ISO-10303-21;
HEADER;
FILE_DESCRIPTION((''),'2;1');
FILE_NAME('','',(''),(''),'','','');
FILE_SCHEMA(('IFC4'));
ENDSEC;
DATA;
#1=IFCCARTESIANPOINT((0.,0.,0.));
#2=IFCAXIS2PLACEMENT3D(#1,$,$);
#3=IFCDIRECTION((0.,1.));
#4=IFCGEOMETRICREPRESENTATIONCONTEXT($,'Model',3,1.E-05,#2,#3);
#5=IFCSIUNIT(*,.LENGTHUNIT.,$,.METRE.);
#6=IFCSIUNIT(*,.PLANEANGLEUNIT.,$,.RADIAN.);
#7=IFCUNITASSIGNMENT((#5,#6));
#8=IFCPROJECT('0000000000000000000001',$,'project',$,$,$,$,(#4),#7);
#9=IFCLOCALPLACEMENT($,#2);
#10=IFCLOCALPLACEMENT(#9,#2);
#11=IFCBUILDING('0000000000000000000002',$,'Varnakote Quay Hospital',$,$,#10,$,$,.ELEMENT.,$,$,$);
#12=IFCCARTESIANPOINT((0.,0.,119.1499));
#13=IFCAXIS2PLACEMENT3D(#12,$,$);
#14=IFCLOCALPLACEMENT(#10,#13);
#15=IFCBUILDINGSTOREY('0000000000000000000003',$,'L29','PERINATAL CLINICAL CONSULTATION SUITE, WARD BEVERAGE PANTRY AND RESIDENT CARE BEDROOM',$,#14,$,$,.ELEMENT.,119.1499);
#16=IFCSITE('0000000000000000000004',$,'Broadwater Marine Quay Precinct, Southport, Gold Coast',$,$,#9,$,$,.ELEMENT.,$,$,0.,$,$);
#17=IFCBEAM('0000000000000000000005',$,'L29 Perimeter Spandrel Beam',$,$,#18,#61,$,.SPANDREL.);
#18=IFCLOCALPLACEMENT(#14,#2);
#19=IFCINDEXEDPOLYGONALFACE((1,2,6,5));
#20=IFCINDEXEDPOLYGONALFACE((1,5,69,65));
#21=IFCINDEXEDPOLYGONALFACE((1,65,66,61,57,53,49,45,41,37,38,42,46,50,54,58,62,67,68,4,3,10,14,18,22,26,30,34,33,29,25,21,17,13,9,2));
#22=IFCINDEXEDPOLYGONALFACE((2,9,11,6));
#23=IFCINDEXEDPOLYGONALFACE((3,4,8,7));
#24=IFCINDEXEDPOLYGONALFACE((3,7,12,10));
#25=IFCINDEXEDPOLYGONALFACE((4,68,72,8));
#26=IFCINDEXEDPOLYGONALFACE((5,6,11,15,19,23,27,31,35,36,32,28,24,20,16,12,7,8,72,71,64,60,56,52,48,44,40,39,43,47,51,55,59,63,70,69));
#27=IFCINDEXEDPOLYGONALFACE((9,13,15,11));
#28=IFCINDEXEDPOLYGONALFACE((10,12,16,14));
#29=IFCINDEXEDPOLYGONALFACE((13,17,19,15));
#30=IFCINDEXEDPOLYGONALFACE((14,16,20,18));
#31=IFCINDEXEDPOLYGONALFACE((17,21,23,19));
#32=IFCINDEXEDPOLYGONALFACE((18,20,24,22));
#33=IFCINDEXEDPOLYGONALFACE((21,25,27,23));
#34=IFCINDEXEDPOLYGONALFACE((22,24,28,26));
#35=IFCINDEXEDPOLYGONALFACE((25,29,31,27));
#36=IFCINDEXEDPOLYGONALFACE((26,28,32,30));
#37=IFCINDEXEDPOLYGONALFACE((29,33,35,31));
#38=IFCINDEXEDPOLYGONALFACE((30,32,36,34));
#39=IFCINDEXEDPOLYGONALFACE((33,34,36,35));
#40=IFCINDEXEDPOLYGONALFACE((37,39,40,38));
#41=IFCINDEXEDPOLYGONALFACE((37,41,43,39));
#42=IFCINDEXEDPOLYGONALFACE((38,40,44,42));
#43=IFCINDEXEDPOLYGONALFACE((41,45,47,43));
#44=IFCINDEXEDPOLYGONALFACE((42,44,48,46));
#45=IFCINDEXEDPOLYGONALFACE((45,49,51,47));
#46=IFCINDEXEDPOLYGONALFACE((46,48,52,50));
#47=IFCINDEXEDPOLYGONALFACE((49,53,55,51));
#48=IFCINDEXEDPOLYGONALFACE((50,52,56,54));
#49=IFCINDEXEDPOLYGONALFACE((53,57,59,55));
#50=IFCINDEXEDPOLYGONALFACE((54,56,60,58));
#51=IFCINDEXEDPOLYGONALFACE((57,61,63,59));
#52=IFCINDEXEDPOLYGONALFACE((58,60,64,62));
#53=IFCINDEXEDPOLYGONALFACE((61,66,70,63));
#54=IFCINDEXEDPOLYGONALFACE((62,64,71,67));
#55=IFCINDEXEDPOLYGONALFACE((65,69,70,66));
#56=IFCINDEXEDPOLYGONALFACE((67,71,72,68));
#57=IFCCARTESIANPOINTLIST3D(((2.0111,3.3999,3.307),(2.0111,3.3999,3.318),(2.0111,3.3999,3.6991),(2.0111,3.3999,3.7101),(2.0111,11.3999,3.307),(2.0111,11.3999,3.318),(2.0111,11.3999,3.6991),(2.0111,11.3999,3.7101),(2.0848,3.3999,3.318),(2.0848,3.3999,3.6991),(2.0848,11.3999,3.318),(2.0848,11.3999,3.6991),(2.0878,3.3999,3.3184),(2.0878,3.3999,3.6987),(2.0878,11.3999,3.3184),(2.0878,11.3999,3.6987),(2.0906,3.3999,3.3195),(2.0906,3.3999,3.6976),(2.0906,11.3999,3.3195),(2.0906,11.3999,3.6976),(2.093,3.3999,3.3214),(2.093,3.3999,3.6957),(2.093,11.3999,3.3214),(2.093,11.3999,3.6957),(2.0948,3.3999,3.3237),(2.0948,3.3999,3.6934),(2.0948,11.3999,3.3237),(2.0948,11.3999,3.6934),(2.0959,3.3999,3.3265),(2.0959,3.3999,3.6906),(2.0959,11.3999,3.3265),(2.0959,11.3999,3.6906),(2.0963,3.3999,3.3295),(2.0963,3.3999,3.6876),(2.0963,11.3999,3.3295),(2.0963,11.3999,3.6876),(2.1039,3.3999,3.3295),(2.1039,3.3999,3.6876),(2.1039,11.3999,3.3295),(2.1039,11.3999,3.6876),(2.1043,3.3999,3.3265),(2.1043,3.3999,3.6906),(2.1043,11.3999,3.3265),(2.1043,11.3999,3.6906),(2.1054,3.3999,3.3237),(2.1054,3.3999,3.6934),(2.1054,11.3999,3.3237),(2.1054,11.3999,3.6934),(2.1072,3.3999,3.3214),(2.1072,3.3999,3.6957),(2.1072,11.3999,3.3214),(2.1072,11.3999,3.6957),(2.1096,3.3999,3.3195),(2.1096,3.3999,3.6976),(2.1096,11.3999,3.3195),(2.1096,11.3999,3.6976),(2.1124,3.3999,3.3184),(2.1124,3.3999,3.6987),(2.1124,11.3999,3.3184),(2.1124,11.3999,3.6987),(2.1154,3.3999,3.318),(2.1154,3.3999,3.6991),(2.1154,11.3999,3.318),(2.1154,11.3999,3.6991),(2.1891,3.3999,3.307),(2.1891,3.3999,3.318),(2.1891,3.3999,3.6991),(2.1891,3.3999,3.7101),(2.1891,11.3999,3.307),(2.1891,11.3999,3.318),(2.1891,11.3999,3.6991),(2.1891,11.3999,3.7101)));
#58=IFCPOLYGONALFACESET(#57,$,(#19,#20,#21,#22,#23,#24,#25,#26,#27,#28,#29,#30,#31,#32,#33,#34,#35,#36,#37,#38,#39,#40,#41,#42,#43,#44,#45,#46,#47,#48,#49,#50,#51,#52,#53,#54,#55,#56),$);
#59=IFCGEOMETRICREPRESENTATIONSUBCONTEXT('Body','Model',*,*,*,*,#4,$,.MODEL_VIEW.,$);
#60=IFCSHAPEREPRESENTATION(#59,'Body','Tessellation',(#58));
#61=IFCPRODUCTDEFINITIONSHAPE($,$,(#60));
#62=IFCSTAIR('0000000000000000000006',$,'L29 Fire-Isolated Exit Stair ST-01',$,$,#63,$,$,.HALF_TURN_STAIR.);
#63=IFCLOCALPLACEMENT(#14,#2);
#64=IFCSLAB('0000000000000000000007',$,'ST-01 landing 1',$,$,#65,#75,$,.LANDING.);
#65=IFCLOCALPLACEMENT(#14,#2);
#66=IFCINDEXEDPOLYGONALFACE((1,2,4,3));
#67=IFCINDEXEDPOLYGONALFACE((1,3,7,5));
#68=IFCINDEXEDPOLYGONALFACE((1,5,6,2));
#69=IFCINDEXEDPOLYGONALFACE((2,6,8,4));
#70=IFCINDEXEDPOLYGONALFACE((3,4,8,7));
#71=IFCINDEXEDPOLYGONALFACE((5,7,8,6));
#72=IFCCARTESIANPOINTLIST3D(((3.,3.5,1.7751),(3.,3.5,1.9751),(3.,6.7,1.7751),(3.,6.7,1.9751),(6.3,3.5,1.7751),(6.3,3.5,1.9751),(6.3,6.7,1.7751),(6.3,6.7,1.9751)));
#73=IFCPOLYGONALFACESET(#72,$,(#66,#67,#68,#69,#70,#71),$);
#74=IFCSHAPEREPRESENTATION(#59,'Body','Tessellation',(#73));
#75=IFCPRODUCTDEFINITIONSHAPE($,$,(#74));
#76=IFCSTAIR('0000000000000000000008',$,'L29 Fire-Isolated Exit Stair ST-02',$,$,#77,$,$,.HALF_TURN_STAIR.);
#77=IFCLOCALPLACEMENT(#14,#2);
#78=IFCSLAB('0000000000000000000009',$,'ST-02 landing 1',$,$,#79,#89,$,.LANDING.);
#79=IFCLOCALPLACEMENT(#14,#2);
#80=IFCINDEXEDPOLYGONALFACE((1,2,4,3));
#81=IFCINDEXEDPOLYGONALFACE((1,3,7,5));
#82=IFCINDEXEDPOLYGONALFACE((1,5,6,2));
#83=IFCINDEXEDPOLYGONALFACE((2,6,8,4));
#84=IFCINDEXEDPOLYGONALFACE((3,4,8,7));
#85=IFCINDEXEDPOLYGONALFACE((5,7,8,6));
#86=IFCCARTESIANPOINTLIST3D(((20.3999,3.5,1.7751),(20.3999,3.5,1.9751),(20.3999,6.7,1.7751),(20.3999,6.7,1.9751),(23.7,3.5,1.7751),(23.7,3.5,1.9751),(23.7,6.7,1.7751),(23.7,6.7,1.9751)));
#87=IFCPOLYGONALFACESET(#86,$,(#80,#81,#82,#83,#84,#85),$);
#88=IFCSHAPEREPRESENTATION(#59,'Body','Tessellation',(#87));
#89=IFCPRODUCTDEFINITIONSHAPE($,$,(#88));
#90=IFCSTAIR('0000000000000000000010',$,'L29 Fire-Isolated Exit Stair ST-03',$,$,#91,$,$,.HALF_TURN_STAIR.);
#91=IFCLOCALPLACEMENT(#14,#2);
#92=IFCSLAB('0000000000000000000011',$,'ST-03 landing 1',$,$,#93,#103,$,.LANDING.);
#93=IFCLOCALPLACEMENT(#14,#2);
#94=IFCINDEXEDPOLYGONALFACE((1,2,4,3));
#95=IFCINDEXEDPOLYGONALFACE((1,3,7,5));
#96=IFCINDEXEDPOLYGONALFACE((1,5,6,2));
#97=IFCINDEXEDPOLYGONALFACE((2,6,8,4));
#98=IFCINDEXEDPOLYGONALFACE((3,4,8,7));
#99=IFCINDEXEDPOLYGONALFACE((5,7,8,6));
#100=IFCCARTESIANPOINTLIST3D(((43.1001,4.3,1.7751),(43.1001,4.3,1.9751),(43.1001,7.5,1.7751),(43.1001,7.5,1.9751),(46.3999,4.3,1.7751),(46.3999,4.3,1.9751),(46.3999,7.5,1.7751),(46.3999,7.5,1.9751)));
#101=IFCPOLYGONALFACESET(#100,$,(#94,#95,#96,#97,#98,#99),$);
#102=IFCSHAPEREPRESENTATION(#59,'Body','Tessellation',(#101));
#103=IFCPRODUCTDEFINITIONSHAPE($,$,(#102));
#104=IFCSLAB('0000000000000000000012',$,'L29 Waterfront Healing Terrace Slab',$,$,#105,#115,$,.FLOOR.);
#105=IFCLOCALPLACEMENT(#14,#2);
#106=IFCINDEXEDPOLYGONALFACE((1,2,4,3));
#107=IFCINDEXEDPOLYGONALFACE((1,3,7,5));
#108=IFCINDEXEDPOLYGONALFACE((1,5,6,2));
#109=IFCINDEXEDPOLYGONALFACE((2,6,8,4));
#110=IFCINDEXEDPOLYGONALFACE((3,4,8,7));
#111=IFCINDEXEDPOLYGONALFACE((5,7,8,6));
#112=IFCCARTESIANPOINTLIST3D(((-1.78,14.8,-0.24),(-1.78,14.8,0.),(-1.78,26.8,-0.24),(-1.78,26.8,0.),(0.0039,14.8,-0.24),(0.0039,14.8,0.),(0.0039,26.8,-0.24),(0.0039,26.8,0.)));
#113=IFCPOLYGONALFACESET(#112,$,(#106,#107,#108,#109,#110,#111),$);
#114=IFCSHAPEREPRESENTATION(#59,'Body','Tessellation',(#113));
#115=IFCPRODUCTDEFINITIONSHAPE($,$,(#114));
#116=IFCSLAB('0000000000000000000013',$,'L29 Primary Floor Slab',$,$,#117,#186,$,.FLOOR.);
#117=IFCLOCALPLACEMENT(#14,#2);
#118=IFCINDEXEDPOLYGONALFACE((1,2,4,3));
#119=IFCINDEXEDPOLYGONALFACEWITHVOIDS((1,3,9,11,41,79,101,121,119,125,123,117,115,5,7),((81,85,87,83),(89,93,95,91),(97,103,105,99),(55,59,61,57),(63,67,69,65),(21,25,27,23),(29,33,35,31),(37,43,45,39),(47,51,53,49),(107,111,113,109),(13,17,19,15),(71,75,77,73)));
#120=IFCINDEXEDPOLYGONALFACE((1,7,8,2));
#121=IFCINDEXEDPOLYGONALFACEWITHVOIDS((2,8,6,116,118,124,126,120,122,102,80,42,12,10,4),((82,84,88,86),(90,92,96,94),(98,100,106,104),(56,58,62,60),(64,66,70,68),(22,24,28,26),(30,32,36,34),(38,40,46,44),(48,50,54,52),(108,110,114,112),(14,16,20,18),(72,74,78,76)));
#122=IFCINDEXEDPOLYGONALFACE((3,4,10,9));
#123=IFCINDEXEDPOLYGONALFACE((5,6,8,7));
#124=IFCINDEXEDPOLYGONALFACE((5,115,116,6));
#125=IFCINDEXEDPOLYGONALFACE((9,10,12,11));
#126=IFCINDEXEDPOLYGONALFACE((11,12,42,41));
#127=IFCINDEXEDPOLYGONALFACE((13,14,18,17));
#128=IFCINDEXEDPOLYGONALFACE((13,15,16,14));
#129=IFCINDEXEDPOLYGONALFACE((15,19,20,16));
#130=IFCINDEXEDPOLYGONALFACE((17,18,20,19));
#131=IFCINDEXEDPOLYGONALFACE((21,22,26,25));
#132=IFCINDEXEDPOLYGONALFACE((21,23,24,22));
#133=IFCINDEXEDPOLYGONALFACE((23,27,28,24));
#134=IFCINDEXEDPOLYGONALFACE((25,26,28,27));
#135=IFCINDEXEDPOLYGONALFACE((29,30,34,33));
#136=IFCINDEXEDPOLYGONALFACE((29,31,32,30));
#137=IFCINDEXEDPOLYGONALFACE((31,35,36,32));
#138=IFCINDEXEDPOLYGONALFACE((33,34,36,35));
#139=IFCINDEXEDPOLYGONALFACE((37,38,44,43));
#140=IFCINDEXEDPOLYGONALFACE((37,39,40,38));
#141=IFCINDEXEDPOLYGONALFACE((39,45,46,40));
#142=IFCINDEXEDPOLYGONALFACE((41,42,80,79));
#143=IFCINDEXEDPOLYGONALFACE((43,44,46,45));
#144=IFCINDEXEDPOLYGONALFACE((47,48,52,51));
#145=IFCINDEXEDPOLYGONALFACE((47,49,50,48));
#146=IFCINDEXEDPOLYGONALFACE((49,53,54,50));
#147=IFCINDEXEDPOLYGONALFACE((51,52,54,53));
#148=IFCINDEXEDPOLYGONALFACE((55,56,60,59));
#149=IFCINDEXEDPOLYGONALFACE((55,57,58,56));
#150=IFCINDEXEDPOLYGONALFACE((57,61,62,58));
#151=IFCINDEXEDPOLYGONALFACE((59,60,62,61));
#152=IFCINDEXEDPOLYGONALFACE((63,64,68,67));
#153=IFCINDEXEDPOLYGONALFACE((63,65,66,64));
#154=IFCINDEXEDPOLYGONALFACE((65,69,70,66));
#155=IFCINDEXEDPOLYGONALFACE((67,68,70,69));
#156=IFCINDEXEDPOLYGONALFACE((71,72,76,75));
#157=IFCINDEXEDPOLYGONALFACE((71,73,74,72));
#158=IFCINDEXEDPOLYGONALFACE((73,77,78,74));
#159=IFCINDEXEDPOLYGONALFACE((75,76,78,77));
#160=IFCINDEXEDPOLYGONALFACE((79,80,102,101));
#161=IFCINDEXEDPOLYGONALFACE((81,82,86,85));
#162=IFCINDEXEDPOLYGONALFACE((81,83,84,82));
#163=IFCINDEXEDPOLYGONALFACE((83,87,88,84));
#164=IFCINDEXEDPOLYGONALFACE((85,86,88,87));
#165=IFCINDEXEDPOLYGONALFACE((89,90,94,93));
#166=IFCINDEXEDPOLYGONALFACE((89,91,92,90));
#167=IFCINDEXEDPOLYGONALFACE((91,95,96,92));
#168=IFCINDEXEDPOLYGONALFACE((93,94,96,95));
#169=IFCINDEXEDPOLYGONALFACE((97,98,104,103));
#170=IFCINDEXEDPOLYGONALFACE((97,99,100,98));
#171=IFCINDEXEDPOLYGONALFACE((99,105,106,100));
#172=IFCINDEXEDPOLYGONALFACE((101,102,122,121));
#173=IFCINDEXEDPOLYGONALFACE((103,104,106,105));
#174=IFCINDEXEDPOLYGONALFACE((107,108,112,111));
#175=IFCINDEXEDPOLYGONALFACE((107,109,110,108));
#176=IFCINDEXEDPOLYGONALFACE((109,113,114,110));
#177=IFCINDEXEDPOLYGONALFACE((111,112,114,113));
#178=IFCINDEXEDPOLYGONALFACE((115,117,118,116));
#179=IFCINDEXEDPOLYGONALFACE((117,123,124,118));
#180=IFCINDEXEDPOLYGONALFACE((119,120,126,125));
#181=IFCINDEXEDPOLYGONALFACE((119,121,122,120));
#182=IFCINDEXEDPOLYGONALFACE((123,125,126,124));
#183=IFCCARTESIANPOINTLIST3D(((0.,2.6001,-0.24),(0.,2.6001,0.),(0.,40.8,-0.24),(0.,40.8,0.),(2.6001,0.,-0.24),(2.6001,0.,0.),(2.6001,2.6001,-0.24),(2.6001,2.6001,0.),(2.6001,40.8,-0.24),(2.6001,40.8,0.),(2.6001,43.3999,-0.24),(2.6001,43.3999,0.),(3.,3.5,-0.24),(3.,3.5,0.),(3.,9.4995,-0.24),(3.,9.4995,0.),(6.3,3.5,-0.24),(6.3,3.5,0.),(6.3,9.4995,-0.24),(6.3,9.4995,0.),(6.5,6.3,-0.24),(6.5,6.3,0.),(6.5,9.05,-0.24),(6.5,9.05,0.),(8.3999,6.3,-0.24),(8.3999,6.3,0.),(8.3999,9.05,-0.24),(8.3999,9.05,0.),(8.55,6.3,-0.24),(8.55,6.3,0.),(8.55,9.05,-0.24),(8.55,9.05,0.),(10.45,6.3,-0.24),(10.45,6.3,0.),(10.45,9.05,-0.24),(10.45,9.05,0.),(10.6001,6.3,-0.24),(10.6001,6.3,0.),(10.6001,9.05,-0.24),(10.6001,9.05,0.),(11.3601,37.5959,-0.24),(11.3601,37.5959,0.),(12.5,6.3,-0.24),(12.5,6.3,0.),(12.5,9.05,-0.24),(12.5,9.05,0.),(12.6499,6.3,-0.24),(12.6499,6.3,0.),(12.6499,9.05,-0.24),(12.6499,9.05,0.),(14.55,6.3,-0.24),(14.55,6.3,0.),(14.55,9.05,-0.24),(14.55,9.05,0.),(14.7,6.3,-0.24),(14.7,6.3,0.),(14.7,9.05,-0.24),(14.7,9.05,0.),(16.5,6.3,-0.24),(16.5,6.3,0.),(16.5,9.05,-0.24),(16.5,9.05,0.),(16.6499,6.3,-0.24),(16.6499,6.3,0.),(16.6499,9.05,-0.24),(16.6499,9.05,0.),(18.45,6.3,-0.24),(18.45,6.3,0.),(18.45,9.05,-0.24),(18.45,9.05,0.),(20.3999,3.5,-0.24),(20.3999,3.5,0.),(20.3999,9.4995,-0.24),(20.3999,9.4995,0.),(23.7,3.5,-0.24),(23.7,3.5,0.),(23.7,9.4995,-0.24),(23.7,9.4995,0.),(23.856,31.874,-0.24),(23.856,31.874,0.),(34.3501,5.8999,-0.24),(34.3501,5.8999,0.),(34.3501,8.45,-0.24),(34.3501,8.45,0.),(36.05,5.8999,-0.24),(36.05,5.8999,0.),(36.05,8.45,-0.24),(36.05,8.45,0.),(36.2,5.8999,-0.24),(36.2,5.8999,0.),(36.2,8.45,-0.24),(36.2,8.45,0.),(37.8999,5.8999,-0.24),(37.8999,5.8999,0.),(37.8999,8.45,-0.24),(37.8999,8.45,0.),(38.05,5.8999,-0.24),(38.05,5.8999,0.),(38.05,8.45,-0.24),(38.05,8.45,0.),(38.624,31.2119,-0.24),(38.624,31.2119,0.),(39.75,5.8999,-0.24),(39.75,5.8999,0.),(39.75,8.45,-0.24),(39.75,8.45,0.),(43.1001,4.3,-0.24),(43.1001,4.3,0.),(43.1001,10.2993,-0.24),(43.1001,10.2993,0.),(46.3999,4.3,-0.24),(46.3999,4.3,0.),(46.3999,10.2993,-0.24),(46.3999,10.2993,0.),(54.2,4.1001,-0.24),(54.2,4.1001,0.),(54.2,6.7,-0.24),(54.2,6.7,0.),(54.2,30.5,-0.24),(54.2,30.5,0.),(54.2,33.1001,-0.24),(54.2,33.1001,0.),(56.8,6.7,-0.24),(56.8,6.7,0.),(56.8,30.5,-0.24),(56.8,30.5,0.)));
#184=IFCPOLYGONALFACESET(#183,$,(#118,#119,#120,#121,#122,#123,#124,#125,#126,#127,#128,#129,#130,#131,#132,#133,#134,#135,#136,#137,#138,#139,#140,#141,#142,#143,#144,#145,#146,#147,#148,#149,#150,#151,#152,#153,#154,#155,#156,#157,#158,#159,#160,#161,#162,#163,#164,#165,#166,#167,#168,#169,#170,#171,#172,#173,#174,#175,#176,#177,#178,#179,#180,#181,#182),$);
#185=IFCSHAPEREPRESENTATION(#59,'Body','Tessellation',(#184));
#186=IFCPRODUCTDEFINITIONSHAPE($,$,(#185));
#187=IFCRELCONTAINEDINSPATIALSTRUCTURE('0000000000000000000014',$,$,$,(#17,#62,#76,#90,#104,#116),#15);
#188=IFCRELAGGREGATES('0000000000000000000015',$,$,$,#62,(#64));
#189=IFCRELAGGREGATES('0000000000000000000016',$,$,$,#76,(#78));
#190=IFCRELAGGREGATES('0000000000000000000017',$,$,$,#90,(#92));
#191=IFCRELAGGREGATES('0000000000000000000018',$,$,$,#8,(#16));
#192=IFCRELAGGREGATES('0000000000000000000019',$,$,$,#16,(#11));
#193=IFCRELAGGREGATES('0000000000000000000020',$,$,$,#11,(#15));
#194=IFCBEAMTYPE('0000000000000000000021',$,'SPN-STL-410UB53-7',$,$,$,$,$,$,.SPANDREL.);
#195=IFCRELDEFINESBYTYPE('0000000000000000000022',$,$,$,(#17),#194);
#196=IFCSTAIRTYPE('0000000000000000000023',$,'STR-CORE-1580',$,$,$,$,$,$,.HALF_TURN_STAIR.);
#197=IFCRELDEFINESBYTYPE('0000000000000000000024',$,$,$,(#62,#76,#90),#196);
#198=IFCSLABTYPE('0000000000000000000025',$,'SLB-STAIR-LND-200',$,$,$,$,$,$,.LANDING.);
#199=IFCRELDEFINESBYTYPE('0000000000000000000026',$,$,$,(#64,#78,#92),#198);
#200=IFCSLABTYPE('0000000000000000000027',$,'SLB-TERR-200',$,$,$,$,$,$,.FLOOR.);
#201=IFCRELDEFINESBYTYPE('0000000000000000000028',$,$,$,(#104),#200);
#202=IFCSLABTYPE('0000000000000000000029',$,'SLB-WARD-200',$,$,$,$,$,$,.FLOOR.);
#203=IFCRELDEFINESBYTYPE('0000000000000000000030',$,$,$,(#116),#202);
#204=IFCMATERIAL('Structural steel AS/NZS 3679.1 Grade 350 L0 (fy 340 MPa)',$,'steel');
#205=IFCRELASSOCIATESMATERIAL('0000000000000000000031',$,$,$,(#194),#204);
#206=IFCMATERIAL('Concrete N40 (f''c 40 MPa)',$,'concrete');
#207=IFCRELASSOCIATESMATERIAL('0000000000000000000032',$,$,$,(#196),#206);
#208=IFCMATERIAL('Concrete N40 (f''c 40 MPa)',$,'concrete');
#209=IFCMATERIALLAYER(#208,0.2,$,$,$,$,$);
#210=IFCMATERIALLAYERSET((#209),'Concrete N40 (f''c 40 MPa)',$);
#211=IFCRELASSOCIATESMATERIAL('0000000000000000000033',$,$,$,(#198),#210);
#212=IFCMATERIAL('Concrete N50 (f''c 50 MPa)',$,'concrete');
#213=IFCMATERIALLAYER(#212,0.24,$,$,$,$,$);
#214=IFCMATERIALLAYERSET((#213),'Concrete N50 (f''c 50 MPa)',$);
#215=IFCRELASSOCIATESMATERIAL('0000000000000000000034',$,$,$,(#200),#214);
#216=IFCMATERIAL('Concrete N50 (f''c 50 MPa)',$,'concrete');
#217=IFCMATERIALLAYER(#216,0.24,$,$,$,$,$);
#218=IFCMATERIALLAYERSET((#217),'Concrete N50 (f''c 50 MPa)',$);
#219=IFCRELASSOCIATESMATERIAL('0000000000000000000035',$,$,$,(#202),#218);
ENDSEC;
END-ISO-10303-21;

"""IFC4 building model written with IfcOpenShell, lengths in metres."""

from ifc_helpers import new_model, si_unit, direction, frame, origin, origin_2d, place, context, subcontext, project, spatial, polyline, i_section, outline, extrude, material, layer, layer_set, material_profile, profile_set, type_object, element, aggregate, save


model = new_model("IFC4")

# Units and contexts
model_context = context("Model", 3, precision=1e-05, world=origin(), true_north=direction((0.0, 1.0)))
body_context = subcontext(model_context, "Body", "Model", "MODEL_VIEW")
ifc_project = project(units=[si_unit("LENGTHUNIT", "METRE"), si_unit("PLANEANGLEUNIT", "RADIAN")], contexts=[model_context])

# Site, building, storey
site_placement = place(None, origin())
site = spatial("IfcSite", under=ifc_project, at=site_placement, Name="Broadwater Marine Quay Precinct, Southport, Gold Coast", CompositionType="ELEMENT", RefElevation=0.0)
building_placement = place(site_placement, origin())
building = spatial("IfcBuilding", under=site, at=building_placement, Name="Varnakote Quay Hospital", CompositionType="ELEMENT")
storey_placement = place(building_placement, frame((0.0, 0.0, 119.1499)))
storey = spatial("IfcBuildingStorey", under=building, at=storey_placement, Name="L29", Description="PERINATAL CLINICAL CONSULTATION SUITE, WARD BEVERAGE PANTRY AND RESIDENT CARE BEDROOM", CompositionType="ELEMENT", Elevation=119.1499)

# Beam
ifc_material_1 = material(Name="Structural steel AS/NZS 3679.1 Grade 350 L0 (fy 340 MPa)", Category="steel")
ifc_material_profile_1 = material_profile(ifc_material_1, i_section(OverallWidth=0.178, OverallDepth=0.4031, WebThickness=0.0076, FlangeThickness=0.011, FilletRadius=0.0115, at=origin_2d()), Name="410UB53.7")
ifc_profile_set_1 = profile_set([ifc_material_profile_1], Name="Structural steel AS/NZS 3679.1 Grade 350 L0 (fy 340 MPa)")
beam_type_1 = type_object("IfcBeamType", Name="SPN-STL-410UB53-7", PredefinedType="SPANDREL", material=ifc_profile_set_1)
beam_1_placement = place(storey_placement, frame((2.1001, 3.3999, 3.5085), z_axis=(0.0, 1.0, 0.0), x_axis=(-1.0, 0.0, 0.0)))
element("IfcBeam", 1, at=beam_1_placement, inside=storey, type_object=beam_type_1, Name="L29 Perimeter Spandrel Beam", PredefinedType="SPANDREL", context=body_context, shape_type="SweptSolid", body=[
    extrude(i_section(OverallWidth=0.178, OverallDepth=0.4031, WebThickness=0.0076, FlangeThickness=0.011, FilletRadius=0.0115, at=origin_2d()), origin(), (0.0, 0.0, 1.0), 8.0),
])

# Stairs, slabs
ifc_material_2 = material(Name="Concrete N40 (f'c 40 MPa)", Category="concrete")
stair_type = type_object("IfcStairType", Name="STR-CORE-1580", PredefinedType="HALF_TURN_STAIR", material=ifc_material_2)
stair_1_placement = place(storey_placement, origin())
stair_1 = element("IfcStair", 2, at=stair_1_placement, inside=storey, type_object=stair_type, Name="L29 Fire-Isolated Exit Stair ST-01", PredefinedType="HALF_TURN_STAIR")
ifc_material_3 = material(Name="Concrete N40 (f'c 40 MPa)", Category="concrete")
ifc_layer_1 = layer(ifc_material_3, 0.2)
ifc_layer_set_1 = layer_set([ifc_layer_1], Name="Concrete N40 (f'c 40 MPa)")
slab_type_1 = type_object("IfcSlabType", Name="SLB-STAIR-LND-200", PredefinedType="LANDING", material=ifc_layer_set_1)
slab_1_placement = place(storey_placement, frame((0.0, 0.0, 1.7751)))
slab_1 = element("IfcSlab", 3, at=slab_1_placement, type_object=slab_type_1, Name="ST-01 landing 1", PredefinedType="LANDING", context=body_context, shape_type="SweptSolid", body=[
    extrude(outline(polyline([(3.0, 6.7), (3.0, 3.5), (6.3, 3.5), (6.3, 6.7), (3.0, 6.7)])), origin(), (0.0, 0.0, 1.0), 0.2),
])
aggregate(stair_1, [slab_1])
stair_2_placement = place(storey_placement, origin())
stair_2 = element("IfcStair", 4, at=stair_2_placement, inside=storey, type_object=stair_type, Name="L29 Fire-Isolated Exit Stair ST-02", PredefinedType="HALF_TURN_STAIR")
slab_2_placement = place(storey_placement, frame((0.0, 0.0, 1.7751)))
slab_2 = element("IfcSlab", 5, at=slab_2_placement, type_object=slab_type_1, Name="ST-02 landing 1", PredefinedType="LANDING", context=body_context, shape_type="SweptSolid", body=[
    extrude(outline(polyline([(20.3999, 6.7), (20.3999, 3.5), (23.7, 3.5), (23.7, 6.7), (20.3999, 6.7)])), origin(), (0.0, 0.0, 1.0), 0.2),
])
aggregate(stair_2, [slab_2])
stair_3_placement = place(storey_placement, origin())
stair_3 = element("IfcStair", 6, at=stair_3_placement, inside=storey, type_object=stair_type, Name="L29 Fire-Isolated Exit Stair ST-03", PredefinedType="HALF_TURN_STAIR")
slab_3_placement = place(storey_placement, frame((0.0, 0.0, 1.7751)))
slab_3 = element("IfcSlab", 7, at=slab_3_placement, type_object=slab_type_1, Name="ST-03 landing 1", PredefinedType="LANDING", context=body_context, shape_type="SweptSolid", body=[
    extrude(outline(polyline([(43.1001, 7.5), (43.1001, 4.3), (46.3999, 4.3), (46.3999, 7.5), (43.1001, 7.5)])), origin(), (0.0, 0.0, 1.0), 0.2),
])
aggregate(stair_3, [slab_3])

# Slabs
ifc_material_4 = material(Name="Concrete N50 (f'c 50 MPa)", Category="concrete")
ifc_layer_2 = layer(ifc_material_4, 0.24)
ifc_layer_set_2 = layer_set([ifc_layer_2], Name="Concrete N50 (f'c 50 MPa)")
slab_type_2 = type_object("IfcSlabType", Name="SLB-TERR-200", PredefinedType="FLOOR", material=ifc_layer_set_2)
slab_4_placement = place(storey_placement, frame((0.0, 0.0, -0.24)))
element("IfcSlab", 8, at=slab_4_placement, inside=storey, type_object=slab_type_2, Name="L29 Waterfront Healing Terrace Slab", PredefinedType="FLOOR", context=body_context, shape_type="SweptSolid", body=[
    extrude(outline(polyline([(0.0039, 14.8), (0.0039, 26.8), (-1.78, 26.8), (-1.78, 14.8), (0.0039, 14.8)])), origin(), (0.0, 0.0, 1.0), 0.24),
])
ifc_material_5 = material(Name="Concrete N50 (f'c 50 MPa)", Category="concrete")
ifc_layer_3 = layer(ifc_material_5, 0.24)
ifc_layer_set_3 = layer_set([ifc_layer_3], Name="Concrete N50 (f'c 50 MPa)")
slab_type_3 = type_object("IfcSlabType", Name="SLB-WARD-200", PredefinedType="FLOOR", material=ifc_layer_set_3)
slab_5_placement = place(storey_placement, frame((0.0, 0.0, -0.24)))
element("IfcSlab", 9, at=slab_5_placement, inside=storey, type_object=slab_type_3, Name="L29 Primary Floor Slab", PredefinedType="FLOOR", context=body_context, shape_type="SweptSolid", body=[
    extrude(outline(polyline([(0.0, 2.6001), (2.6001, 2.6001), (2.6001, 0.0), (54.2, 4.1001), (54.2, 6.7), (56.8, 6.7), (56.8, 30.5), (54.2, 30.5), (54.2, 33.1001), (38.624, 31.2119), (23.856, 31.874), (11.3601, 37.5959), (2.6001, 43.3999), (2.6001, 40.8), (0.0, 40.8), (0.0, 2.6001)]), holes=[polyline([(3.0, 3.5), (6.3, 3.5), (6.3, 9.4995), (3.0, 9.4995), (3.0, 3.5)]), polyline([(20.3999, 3.5), (23.7, 3.5), (23.7, 9.4995), (20.3999, 9.4995), (20.3999, 3.5)]), polyline([(43.1001, 4.3), (46.3999, 4.3), (46.3999, 10.2993), (43.1001, 10.2993), (43.1001, 4.3)]), polyline([(6.5, 6.3), (8.3999, 6.3), (8.3999, 9.05), (6.5, 9.05), (6.5, 6.3)]), polyline([(8.55, 6.3), (10.45, 6.3), (10.45, 9.05), (8.55, 9.05), (8.55, 6.3)]), polyline([(10.6001, 6.3), (12.5, 6.3), (12.5, 9.05), (10.6001, 9.05), (10.6001, 6.3)]), polyline([(12.6499, 6.3), (14.55, 6.3), (14.55, 9.05), (12.6499, 9.05), (12.6499, 6.3)]), polyline([(14.7, 6.3), (16.5, 6.3), (16.5, 9.05), (14.7, 9.05), (14.7, 6.3)]), polyline([(16.6499, 6.3), (18.45, 6.3), (18.45, 9.05), (16.6499, 9.05), (16.6499, 6.3)]), polyline([(34.3501, 5.8999), (36.05, 5.8999), (36.05, 8.45), (34.3501, 8.45), (34.3501, 5.8999)]), polyline([(36.2, 5.8999), (37.8999, 5.8999), (37.8999, 8.45), (36.2, 8.45), (36.2, 5.8999)]), polyline([(38.05, 5.8999), (39.75, 5.8999), (39.75, 8.45), (38.05, 8.45), (38.05, 5.8999)])]), origin(), (0.0, 0.0, 1.0), 0.24),
])

save(model, "model.ifc")
